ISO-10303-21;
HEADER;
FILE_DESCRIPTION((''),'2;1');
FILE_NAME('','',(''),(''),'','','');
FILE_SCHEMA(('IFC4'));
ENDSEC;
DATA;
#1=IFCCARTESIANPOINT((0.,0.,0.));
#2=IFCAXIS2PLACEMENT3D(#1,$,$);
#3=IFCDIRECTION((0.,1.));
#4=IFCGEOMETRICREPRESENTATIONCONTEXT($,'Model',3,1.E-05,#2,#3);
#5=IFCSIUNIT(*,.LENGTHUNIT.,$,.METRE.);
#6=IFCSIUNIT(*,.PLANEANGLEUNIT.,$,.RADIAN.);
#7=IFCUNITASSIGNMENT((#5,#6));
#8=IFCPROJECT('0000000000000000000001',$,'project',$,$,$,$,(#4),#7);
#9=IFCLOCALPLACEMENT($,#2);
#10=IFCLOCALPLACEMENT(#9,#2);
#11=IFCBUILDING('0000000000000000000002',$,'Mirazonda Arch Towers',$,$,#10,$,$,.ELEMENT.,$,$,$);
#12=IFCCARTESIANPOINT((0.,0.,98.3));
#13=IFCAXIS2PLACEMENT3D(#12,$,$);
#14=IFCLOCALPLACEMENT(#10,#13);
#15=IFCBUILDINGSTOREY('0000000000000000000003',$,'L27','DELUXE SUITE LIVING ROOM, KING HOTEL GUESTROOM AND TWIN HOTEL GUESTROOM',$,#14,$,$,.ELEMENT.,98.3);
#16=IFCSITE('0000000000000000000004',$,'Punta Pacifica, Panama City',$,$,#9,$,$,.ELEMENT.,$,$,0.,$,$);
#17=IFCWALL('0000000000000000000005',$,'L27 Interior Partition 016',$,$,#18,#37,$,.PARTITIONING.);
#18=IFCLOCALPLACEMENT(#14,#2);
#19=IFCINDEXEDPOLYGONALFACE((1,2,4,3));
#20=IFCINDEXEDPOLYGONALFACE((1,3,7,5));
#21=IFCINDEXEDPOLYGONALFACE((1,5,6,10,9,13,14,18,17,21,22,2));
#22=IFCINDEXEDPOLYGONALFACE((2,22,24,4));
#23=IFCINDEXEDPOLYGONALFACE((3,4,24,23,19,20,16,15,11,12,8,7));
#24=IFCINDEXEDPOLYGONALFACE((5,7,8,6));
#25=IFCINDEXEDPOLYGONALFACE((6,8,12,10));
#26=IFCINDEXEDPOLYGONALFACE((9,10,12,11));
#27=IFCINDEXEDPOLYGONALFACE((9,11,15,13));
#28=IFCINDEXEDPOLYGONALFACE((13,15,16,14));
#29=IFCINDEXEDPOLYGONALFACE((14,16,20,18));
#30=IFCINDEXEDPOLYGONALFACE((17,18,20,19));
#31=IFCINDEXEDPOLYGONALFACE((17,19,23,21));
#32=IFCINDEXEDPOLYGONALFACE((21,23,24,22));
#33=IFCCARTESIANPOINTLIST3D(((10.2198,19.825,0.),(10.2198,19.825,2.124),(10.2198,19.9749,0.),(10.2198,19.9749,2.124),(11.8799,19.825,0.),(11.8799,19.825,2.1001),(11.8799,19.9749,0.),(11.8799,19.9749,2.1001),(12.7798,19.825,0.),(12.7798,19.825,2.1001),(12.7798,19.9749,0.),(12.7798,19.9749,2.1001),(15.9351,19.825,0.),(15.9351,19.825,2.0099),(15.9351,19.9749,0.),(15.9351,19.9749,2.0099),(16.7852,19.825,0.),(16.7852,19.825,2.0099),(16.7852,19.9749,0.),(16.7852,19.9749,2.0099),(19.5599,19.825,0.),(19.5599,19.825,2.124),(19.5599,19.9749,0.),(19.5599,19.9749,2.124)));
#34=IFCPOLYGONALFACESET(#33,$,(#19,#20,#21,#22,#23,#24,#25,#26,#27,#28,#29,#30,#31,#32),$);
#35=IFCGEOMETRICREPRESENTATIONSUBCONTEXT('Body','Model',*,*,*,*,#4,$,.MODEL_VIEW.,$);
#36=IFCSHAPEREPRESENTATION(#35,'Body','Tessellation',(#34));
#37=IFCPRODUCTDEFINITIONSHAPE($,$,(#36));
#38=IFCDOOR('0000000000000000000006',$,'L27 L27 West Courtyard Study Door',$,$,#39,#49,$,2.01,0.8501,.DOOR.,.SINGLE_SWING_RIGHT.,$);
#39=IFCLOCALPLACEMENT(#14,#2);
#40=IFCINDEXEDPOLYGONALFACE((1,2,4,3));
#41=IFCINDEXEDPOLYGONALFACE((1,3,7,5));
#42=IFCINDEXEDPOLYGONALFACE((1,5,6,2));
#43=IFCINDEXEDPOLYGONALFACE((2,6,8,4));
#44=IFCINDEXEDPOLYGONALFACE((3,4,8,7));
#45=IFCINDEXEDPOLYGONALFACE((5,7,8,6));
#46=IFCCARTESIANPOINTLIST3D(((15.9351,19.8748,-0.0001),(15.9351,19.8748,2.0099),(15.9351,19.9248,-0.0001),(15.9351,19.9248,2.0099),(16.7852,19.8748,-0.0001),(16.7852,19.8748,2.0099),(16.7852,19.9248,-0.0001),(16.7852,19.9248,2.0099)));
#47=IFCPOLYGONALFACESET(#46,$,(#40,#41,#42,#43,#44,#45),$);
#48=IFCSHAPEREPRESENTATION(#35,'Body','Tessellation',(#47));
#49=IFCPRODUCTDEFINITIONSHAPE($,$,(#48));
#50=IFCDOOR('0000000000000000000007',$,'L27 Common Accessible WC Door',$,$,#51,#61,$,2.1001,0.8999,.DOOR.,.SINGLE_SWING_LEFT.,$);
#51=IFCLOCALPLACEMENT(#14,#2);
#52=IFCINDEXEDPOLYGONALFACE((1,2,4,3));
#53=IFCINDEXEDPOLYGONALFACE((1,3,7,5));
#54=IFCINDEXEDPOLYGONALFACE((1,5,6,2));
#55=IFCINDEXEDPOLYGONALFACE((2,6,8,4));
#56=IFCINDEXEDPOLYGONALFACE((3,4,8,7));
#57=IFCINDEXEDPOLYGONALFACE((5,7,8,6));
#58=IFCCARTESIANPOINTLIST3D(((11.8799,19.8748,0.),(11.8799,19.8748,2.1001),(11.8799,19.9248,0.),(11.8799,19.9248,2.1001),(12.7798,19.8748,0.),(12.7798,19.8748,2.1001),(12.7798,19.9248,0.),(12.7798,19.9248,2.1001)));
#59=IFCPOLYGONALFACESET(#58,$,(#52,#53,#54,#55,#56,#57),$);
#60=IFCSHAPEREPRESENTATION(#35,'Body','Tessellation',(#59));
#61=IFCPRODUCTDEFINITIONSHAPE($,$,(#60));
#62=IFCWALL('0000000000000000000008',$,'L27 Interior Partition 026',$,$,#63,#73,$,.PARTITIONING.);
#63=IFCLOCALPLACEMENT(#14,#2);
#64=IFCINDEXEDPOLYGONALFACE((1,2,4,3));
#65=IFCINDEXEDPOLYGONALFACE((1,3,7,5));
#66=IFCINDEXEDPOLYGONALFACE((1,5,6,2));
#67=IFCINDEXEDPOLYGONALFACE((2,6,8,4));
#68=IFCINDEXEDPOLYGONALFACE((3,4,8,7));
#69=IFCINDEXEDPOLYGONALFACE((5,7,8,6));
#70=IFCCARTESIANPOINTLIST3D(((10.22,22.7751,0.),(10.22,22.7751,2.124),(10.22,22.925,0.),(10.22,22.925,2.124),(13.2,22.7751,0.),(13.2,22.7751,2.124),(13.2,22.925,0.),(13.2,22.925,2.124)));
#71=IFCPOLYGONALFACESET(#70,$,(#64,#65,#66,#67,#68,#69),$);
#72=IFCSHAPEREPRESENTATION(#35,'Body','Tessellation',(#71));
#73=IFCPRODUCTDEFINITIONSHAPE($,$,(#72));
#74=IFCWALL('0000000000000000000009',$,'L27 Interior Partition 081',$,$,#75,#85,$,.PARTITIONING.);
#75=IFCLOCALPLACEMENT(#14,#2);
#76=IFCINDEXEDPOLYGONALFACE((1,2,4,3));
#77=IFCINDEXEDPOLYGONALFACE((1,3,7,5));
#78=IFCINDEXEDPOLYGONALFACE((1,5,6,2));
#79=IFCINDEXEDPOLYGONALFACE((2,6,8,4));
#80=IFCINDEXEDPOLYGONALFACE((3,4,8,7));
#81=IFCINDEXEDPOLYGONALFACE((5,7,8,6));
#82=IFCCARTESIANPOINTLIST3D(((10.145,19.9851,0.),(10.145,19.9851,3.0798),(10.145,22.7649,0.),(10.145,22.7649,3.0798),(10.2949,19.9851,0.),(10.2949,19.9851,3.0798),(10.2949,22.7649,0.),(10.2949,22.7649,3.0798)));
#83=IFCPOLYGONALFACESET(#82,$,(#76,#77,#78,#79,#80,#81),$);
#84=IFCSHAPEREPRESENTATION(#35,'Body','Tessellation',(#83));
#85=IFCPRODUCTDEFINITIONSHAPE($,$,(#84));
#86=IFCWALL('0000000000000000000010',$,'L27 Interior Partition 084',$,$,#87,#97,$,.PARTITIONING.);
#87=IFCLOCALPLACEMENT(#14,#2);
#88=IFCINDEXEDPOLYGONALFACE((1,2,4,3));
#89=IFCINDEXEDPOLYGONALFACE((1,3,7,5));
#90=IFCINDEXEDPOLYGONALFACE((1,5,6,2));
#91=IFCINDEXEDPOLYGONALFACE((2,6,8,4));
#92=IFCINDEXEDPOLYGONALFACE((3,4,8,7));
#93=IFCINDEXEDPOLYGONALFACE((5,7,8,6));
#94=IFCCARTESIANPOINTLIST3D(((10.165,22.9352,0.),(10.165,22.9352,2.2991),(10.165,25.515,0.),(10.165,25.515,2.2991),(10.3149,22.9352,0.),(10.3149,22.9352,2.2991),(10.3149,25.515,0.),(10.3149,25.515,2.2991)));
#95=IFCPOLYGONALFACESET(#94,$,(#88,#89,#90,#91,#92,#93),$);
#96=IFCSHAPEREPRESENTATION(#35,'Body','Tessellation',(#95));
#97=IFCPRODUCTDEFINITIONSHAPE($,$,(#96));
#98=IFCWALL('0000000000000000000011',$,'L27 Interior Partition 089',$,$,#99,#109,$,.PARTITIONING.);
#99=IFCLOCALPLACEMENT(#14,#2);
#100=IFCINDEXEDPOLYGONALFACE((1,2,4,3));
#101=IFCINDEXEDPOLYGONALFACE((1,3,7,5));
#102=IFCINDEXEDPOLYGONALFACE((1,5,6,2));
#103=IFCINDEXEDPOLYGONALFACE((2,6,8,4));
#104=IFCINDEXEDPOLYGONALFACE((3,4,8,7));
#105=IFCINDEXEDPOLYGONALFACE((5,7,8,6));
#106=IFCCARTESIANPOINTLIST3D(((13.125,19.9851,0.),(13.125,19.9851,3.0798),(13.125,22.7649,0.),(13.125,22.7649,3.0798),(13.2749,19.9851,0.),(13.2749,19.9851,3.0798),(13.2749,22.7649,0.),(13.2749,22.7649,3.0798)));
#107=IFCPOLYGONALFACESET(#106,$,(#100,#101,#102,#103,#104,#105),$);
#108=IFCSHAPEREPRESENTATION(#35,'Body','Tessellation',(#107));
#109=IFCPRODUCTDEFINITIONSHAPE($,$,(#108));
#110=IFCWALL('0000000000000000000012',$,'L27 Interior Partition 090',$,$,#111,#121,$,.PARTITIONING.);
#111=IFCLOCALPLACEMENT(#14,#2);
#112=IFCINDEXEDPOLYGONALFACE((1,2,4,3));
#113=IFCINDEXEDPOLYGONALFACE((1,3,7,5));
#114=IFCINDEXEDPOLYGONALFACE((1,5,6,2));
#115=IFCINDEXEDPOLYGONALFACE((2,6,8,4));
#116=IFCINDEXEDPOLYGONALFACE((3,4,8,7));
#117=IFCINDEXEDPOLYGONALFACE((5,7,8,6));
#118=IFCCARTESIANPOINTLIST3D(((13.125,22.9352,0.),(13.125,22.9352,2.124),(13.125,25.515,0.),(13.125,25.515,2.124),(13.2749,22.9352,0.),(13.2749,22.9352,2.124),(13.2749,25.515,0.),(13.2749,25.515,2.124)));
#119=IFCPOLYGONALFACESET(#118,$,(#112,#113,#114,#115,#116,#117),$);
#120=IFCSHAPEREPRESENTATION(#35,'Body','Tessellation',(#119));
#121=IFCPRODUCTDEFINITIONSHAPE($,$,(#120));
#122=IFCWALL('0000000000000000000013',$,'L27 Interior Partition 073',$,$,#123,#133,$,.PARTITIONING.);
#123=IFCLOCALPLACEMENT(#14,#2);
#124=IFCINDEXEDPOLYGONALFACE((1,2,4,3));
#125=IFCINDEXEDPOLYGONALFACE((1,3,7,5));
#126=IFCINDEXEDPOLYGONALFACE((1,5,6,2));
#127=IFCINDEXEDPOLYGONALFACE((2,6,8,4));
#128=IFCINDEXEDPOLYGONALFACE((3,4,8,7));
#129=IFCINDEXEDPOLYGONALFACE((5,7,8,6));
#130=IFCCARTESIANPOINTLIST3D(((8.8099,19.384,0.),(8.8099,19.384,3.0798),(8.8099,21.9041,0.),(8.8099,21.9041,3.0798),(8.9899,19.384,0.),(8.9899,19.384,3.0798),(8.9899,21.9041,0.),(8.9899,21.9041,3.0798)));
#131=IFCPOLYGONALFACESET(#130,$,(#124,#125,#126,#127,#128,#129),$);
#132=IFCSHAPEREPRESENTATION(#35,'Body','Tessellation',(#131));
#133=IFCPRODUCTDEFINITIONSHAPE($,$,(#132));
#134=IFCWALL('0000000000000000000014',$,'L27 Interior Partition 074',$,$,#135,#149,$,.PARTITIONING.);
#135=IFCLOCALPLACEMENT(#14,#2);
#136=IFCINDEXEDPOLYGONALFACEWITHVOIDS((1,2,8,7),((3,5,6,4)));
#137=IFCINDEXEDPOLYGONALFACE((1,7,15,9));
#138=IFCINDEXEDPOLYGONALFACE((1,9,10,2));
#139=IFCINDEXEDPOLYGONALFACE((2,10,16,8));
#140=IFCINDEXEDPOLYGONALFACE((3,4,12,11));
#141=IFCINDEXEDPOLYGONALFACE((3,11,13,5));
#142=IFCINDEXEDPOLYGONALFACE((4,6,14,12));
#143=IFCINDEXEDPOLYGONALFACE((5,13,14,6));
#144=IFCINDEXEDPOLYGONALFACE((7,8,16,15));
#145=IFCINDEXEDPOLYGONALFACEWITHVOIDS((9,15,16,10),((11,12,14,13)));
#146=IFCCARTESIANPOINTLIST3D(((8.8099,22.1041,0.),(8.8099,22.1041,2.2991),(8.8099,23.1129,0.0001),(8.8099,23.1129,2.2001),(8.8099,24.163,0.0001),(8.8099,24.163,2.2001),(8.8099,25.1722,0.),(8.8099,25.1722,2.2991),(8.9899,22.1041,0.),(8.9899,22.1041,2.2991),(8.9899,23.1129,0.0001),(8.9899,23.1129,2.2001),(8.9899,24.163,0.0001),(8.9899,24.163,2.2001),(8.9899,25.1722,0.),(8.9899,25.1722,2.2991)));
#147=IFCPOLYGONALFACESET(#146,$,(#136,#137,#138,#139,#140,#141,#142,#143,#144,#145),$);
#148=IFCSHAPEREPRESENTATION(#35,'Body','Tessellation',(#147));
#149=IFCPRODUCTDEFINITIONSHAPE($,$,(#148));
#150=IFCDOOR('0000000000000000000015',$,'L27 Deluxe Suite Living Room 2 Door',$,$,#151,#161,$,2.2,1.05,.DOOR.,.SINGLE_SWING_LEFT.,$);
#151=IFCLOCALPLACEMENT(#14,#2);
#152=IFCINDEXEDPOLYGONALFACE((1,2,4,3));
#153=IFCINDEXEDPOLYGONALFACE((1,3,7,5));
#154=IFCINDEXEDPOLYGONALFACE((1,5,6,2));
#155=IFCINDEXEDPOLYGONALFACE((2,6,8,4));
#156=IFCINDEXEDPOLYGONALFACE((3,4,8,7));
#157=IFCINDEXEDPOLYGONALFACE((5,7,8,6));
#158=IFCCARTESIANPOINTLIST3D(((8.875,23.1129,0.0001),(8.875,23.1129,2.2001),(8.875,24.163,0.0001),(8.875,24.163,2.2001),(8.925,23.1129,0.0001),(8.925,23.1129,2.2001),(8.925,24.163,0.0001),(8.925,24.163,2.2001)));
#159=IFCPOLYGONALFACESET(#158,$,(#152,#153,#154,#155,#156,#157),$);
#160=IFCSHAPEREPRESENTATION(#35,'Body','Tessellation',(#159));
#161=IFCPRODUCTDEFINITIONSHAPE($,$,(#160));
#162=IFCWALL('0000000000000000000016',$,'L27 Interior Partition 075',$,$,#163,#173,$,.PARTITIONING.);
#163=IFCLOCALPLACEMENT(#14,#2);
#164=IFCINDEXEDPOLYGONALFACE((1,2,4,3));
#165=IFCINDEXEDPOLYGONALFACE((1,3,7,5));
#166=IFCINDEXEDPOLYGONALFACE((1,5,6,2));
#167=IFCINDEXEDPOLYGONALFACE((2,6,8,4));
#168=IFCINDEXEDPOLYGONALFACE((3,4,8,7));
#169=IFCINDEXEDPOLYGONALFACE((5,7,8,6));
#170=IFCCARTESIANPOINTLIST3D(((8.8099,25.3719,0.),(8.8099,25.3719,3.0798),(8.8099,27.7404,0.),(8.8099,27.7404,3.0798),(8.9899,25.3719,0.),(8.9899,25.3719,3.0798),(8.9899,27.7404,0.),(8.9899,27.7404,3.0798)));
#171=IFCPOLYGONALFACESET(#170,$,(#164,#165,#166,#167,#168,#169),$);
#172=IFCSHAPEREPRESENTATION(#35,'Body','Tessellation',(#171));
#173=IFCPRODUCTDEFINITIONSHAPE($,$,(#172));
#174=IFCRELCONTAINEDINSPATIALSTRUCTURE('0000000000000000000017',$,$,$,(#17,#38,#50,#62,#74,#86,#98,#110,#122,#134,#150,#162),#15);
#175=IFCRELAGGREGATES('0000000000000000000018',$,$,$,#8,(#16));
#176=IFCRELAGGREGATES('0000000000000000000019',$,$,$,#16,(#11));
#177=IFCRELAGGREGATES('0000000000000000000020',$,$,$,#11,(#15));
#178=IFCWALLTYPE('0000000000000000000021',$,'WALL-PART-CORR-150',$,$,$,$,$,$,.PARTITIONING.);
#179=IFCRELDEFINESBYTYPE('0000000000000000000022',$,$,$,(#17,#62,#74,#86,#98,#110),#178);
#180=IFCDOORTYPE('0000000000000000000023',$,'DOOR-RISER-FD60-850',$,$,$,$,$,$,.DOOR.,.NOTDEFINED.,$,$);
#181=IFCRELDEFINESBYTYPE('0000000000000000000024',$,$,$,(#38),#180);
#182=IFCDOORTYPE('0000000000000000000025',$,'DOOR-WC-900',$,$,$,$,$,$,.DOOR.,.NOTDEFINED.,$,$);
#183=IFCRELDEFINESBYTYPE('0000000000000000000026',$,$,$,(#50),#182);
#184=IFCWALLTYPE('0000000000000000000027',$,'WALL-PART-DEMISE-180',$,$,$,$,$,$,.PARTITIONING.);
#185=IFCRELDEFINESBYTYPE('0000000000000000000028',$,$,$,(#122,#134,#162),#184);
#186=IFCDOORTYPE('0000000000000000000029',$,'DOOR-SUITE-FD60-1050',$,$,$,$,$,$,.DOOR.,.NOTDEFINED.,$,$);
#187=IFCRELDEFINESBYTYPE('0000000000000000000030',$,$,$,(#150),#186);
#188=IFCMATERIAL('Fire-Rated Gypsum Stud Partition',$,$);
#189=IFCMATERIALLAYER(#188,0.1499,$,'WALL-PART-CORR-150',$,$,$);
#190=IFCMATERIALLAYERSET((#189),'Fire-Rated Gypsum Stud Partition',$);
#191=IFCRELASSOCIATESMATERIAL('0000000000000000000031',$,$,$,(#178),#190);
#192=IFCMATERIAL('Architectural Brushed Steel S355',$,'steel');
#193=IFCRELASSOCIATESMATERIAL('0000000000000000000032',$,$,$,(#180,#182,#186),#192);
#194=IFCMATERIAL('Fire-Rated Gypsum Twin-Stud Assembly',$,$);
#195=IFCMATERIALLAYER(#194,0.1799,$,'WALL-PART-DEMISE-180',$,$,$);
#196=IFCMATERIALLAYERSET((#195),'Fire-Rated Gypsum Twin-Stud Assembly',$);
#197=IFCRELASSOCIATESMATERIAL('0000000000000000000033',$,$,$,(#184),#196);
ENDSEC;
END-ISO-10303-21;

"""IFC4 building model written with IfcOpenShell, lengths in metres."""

from ifc_helpers import new_model, si_unit, direction, frame, frame_2d, origin, place, context, subcontext, project, spatial, rectangle, extrude, material, layer, layer_set, type_object, element, fill, save


model = new_model("IFC4")

# Units and contexts
model_context = context("Model", 3, precision=1e-05, world=origin(), true_north=direction((0.0, 1.0)))
body_context = subcontext(model_context, "Body", "Model", "MODEL_VIEW")
ifc_project = project(units=[si_unit("LENGTHUNIT", "METRE"), si_unit("PLANEANGLEUNIT", "RADIAN")], contexts=[model_context])

# Site, building, storey
site_placement = place(None, origin())
site = spatial("IfcSite", under=ifc_project, at=site_placement, Name="Punta Pacifica, Panama City", CompositionType="ELEMENT", RefElevation=0.0)
building_placement = place(site_placement, origin())
building = spatial("IfcBuilding", under=site, at=building_placement, Name="Mirazonda Arch Towers", CompositionType="ELEMENT")
storey_placement = place(building_placement, frame((0.0, 0.0, 98.3)))
storey = spatial("IfcBuildingStorey", under=building, at=storey_placement, Name="L27", Description="DELUXE SUITE LIVING ROOM, KING HOTEL GUESTROOM AND TWIN HOTEL GUESTROOM", CompositionType="ELEMENT", Elevation=98.3)

# Shared definitions
ifc_material_1 = material(Name="Architectural Brushed Steel S355", Category="steel")

# Shared definitions
ifc_material_2 = material(Name="Fire-Rated Gypsum Stud Partition")
ifc_layer_1 = layer(ifc_material_2, 0.1499, Name="WALL-PART-CORR-150")
ifc_layer_set_1 = layer_set([ifc_layer_1], Name="Fire-Rated Gypsum Stud Partition")
wall_type_1 = type_object("IfcWallType", Name="WALL-PART-CORR-150", PredefinedType="PARTITIONING", material=ifc_layer_set_1)

# Wall, openings, doors
wall_1_placement = place(storey_placement, frame((10.22, 19.8999, 0.0), z_axis=(0.0, 0.0, 1.0), x_axis=(1.0, 0.0, 0.0)))
wall_1 = element("IfcWall", 1, at=wall_1_placement, inside=storey, type_object=wall_type_1, Name="L27 Interior Partition 016", PredefinedType="PARTITIONING", context=body_context, shape_type="SweptSolid", body=[
    extrude(rectangle(XDim=9.3401, YDim=0.1499, at=frame_2d((4.6699, 0.0))), origin(), (0.0, 0.0, 1.0), 2.124),
])
opening_1_placement = place(wall_1_placement, frame((1.6599, 0.0, 0.0)))
opening_1 = element("IfcOpeningElement", 2, at=opening_1_placement, cuts=wall_1, PredefinedType="OPENING", context=body_context, shape_type="SweptSolid", body=[
    extrude(rectangle(XDim=0.8999, YDim=2.1001, at=frame_2d((0.45, 1.05))), frame((0.0, 0.085, 0.0), z_axis=(0.0, -1.0, 0.0), x_axis=(1.0, 0.0, 0.0)), (0.0, 0.0, 1.0), 0.1699),
])
opening_2_placement = place(wall_1_placement, frame((5.7151, 0.0, 0.0)))
opening_2 = element("IfcOpeningElement", 3, at=opening_2_placement, cuts=wall_1, PredefinedType="OPENING", context=body_context, shape_type="SweptSolid", body=[
    extrude(rectangle(XDim=0.8501, YDim=2.01, at=frame_2d((0.425, 1.0049))), frame((0.0, 0.085, 0.0), z_axis=(0.0, -1.0, 0.0), x_axis=(1.0, 0.0, 0.0)), (0.0, 0.0, 1.0), 0.1699),
])
door_type_1 = type_object("IfcDoorType", Name="DOOR-RISER-FD60-850", OperationType="NOTDEFINED", PredefinedType="DOOR", material=ifc_material_1)
door_1_placement = place(opening_2_placement, origin())
door_1 = element("IfcDoor", 4, at=door_1_placement, inside=storey, type_object=door_type_1, Name="L27 L27 West Courtyard Study Door", OperationType="SINGLE_SWING_RIGHT", OverallHeight=2.01, OverallWidth=0.8501, PredefinedType="DOOR", context=body_context, shape_type="SweptSolid", body=[
    extrude(rectangle(XDim=0.8501, YDim=2.01, at=frame_2d((0.425, 1.0049))), frame((0.0, 0.0249, 0.0), z_axis=(0.0, -1.0, 0.0), x_axis=(1.0, 0.0, 0.0)), (0.0, 0.0, 1.0), 0.05),
])
fill(opening_2, door_1)
door_type_2 = type_object("IfcDoorType", Name="DOOR-WC-900", OperationType="NOTDEFINED", PredefinedType="DOOR", material=ifc_material_1)
door_2_placement = place(opening_1_placement, origin())
door_2 = element("IfcDoor", 5, at=door_2_placement, inside=storey, type_object=door_type_2, Name="L27 Common Accessible WC Door", OperationType="SINGLE_SWING_LEFT", OverallHeight=2.1001, OverallWidth=0.8999, PredefinedType="DOOR", context=body_context, shape_type="SweptSolid", body=[
    extrude(rectangle(XDim=0.8999, YDim=2.1001, at=frame_2d((0.45, 1.05))), frame((0.0, 0.0249, 0.0), z_axis=(0.0, -1.0, 0.0), x_axis=(1.0, 0.0, 0.0)), (0.0, 0.0, 1.0), 0.05),
])
fill(opening_1, door_2)

# Walls
wall_2_placement = place(storey_placement, frame((10.22, 22.8501, 0.0), z_axis=(0.0, 0.0, 1.0), x_axis=(1.0, 0.0, 0.0)))
element("IfcWall", 6, at=wall_2_placement, inside=storey, type_object=wall_type_1, Name="L27 Interior Partition 026", PredefinedType="PARTITIONING", context=body_context, shape_type="SweptSolid", body=[
    extrude(rectangle(XDim=2.98, YDim=0.1499, at=frame_2d((1.49, 0.0))), origin(), (0.0, 0.0, 1.0), 2.124),
])
wall_3_placement = place(storey_placement, frame((10.22, 19.9851, 0.0), z_axis=(0.0, 0.0, 1.0), x_axis=(0.0, 1.0, 0.0)))
element("IfcWall", 7, at=wall_3_placement, inside=storey, type_object=wall_type_1, Name="L27 Interior Partition 081", PredefinedType="PARTITIONING", context=body_context, shape_type="SweptSolid", body=[
    extrude(rectangle(XDim=2.7798, YDim=0.1499, at=frame_2d((1.3899, 0.0))), origin(), (0.0, 0.0, 1.0), 3.0798),
])
wall_4_placement = place(storey_placement, frame((10.24, 22.9351, 0.0), z_axis=(0.0, 0.0, 1.0), x_axis=(0.0, 1.0, 0.0)))
element("IfcWall", 8, at=wall_4_placement, inside=storey, type_object=wall_type_1, Name="L27 Interior Partition 084", PredefinedType="PARTITIONING", context=body_context, shape_type="SweptSolid", body=[
    extrude(rectangle(XDim=2.5798, YDim=0.1499, at=frame_2d((1.29, 0.0))), origin(), (0.0, 0.0, 1.0), 2.2991),
])
wall_5_placement = place(storey_placement, frame((13.2, 19.9851, 0.0), z_axis=(0.0, 0.0, 1.0), x_axis=(0.0, 1.0, 0.0)))
element("IfcWall", 9, at=wall_5_placement, inside=storey, type_object=wall_type_1, Name="L27 Interior Partition 089", PredefinedType="PARTITIONING", context=body_context, shape_type="SweptSolid", body=[
    extrude(rectangle(XDim=2.7798, YDim=0.1499, at=frame_2d((1.3899, 0.0))), origin(), (0.0, 0.0, 1.0), 3.0798),
])
wall_6_placement = place(storey_placement, frame((13.2, 22.9351, 0.0), z_axis=(0.0, 0.0, 1.0), x_axis=(0.0, 1.0, 0.0)))
element("IfcWall", 10, at=wall_6_placement, inside=storey, type_object=wall_type_1, Name="L27 Interior Partition 090", PredefinedType="PARTITIONING", context=body_context, shape_type="SweptSolid", body=[
    extrude(rectangle(XDim=2.5798, YDim=0.1499, at=frame_2d((1.29, 0.0))), origin(), (0.0, 0.0, 1.0), 2.124),
])
ifc_material_3 = material(Name="Fire-Rated Gypsum Twin-Stud Assembly")
ifc_layer_2 = layer(ifc_material_3, 0.1799, Name="WALL-PART-DEMISE-180")
ifc_layer_set_2 = layer_set([ifc_layer_2], Name="Fire-Rated Gypsum Twin-Stud Assembly")
wall_type_2 = type_object("IfcWallType", Name="WALL-PART-DEMISE-180", PredefinedType="PARTITIONING", material=ifc_layer_set_2)
wall_7_placement = place(storey_placement, frame((8.8999, 19.384, 0.0), z_axis=(0.0, 0.0, 1.0), x_axis=(0.0, 1.0, 0.0)))
element("IfcWall", 11, at=wall_7_placement, inside=storey, type_object=wall_type_2, Name="L27 Interior Partition 073", PredefinedType="PARTITIONING", context=body_context, shape_type="SweptSolid", body=[
    extrude(rectangle(XDim=2.52, YDim=0.1799, at=frame_2d((1.26, 0.0))), origin(), (0.0, 0.0, 1.0), 3.0798),
])

# Wall, opening, door
wall_8_placement = place(storey_placement, frame((8.8999, 22.104, 0.0), z_axis=(0.0, 0.0, 1.0), x_axis=(0.0, 1.0, 0.0)))
wall_8 = element("IfcWall", 12, at=wall_8_placement, inside=storey, type_object=wall_type_2, Name="L27 Interior Partition 074", PredefinedType="PARTITIONING", context=body_context, shape_type="SweptSolid", body=[
    extrude(rectangle(XDim=3.0681, YDim=0.1799, at=frame_2d((1.5342, 0.0))), origin(), (0.0, 0.0, 1.0), 2.2991),
])
opening_3_placement = place(wall_8_placement, frame((1.009, 0.0, 0.0)))
opening_3 = element("IfcOpeningElement", 13, at=opening_3_placement, cuts=wall_8, PredefinedType="OPENING", context=body_context, shape_type="SweptSolid", body=[
    extrude(rectangle(XDim=1.05, YDim=2.2, at=frame_2d((0.5249, 1.1001))), frame((0.0, 0.0999, 0.0), z_axis=(0.0, -1.0, 0.0), x_axis=(1.0, 0.0, 0.0)), (0.0, 0.0, 1.0), 0.2),
])
door_type_3 = type_object("IfcDoorType", Name="DOOR-SUITE-FD60-1050", OperationType="NOTDEFINED", PredefinedType="DOOR", material=ifc_material_1)
door_3_placement = place(opening_3_placement, origin())
door_3 = element("IfcDoor", 14, at=door_3_placement, inside=storey, type_object=door_type_3, Name="L27 Deluxe Suite Living Room 2 Door", OperationType="SINGLE_SWING_LEFT", OverallHeight=2.2, OverallWidth=1.05, PredefinedType="DOOR", context=body_context, shape_type="SweptSolid", body=[
    extrude(rectangle(XDim=1.05, YDim=2.2, at=frame_2d((0.5249, 1.1001))), frame((0.0, 0.0249, 0.0), z_axis=(0.0, -1.0, 0.0), x_axis=(1.0, 0.0, 0.0)), (0.0, 0.0, 1.0), 0.05),
])
fill(opening_3, door_3)

# Wall
wall_9_placement = place(storey_placement, frame((8.8999, 25.3721, 0.0), z_axis=(0.0, 0.0, 1.0), x_axis=(0.0, 1.0, 0.0)))
element("IfcWall", 15, at=wall_9_placement, inside=storey, type_object=wall_type_2, Name="L27 Interior Partition 075", PredefinedType="PARTITIONING", context=body_context, shape_type="SweptSolid", body=[
    extrude(rectangle(XDim=2.3684, YDim=0.1799, at=frame_2d((1.1841, 0.0))), origin(), (0.0, 0.0, 1.0), 3.0798),
])

save(model, "model.ifc")
